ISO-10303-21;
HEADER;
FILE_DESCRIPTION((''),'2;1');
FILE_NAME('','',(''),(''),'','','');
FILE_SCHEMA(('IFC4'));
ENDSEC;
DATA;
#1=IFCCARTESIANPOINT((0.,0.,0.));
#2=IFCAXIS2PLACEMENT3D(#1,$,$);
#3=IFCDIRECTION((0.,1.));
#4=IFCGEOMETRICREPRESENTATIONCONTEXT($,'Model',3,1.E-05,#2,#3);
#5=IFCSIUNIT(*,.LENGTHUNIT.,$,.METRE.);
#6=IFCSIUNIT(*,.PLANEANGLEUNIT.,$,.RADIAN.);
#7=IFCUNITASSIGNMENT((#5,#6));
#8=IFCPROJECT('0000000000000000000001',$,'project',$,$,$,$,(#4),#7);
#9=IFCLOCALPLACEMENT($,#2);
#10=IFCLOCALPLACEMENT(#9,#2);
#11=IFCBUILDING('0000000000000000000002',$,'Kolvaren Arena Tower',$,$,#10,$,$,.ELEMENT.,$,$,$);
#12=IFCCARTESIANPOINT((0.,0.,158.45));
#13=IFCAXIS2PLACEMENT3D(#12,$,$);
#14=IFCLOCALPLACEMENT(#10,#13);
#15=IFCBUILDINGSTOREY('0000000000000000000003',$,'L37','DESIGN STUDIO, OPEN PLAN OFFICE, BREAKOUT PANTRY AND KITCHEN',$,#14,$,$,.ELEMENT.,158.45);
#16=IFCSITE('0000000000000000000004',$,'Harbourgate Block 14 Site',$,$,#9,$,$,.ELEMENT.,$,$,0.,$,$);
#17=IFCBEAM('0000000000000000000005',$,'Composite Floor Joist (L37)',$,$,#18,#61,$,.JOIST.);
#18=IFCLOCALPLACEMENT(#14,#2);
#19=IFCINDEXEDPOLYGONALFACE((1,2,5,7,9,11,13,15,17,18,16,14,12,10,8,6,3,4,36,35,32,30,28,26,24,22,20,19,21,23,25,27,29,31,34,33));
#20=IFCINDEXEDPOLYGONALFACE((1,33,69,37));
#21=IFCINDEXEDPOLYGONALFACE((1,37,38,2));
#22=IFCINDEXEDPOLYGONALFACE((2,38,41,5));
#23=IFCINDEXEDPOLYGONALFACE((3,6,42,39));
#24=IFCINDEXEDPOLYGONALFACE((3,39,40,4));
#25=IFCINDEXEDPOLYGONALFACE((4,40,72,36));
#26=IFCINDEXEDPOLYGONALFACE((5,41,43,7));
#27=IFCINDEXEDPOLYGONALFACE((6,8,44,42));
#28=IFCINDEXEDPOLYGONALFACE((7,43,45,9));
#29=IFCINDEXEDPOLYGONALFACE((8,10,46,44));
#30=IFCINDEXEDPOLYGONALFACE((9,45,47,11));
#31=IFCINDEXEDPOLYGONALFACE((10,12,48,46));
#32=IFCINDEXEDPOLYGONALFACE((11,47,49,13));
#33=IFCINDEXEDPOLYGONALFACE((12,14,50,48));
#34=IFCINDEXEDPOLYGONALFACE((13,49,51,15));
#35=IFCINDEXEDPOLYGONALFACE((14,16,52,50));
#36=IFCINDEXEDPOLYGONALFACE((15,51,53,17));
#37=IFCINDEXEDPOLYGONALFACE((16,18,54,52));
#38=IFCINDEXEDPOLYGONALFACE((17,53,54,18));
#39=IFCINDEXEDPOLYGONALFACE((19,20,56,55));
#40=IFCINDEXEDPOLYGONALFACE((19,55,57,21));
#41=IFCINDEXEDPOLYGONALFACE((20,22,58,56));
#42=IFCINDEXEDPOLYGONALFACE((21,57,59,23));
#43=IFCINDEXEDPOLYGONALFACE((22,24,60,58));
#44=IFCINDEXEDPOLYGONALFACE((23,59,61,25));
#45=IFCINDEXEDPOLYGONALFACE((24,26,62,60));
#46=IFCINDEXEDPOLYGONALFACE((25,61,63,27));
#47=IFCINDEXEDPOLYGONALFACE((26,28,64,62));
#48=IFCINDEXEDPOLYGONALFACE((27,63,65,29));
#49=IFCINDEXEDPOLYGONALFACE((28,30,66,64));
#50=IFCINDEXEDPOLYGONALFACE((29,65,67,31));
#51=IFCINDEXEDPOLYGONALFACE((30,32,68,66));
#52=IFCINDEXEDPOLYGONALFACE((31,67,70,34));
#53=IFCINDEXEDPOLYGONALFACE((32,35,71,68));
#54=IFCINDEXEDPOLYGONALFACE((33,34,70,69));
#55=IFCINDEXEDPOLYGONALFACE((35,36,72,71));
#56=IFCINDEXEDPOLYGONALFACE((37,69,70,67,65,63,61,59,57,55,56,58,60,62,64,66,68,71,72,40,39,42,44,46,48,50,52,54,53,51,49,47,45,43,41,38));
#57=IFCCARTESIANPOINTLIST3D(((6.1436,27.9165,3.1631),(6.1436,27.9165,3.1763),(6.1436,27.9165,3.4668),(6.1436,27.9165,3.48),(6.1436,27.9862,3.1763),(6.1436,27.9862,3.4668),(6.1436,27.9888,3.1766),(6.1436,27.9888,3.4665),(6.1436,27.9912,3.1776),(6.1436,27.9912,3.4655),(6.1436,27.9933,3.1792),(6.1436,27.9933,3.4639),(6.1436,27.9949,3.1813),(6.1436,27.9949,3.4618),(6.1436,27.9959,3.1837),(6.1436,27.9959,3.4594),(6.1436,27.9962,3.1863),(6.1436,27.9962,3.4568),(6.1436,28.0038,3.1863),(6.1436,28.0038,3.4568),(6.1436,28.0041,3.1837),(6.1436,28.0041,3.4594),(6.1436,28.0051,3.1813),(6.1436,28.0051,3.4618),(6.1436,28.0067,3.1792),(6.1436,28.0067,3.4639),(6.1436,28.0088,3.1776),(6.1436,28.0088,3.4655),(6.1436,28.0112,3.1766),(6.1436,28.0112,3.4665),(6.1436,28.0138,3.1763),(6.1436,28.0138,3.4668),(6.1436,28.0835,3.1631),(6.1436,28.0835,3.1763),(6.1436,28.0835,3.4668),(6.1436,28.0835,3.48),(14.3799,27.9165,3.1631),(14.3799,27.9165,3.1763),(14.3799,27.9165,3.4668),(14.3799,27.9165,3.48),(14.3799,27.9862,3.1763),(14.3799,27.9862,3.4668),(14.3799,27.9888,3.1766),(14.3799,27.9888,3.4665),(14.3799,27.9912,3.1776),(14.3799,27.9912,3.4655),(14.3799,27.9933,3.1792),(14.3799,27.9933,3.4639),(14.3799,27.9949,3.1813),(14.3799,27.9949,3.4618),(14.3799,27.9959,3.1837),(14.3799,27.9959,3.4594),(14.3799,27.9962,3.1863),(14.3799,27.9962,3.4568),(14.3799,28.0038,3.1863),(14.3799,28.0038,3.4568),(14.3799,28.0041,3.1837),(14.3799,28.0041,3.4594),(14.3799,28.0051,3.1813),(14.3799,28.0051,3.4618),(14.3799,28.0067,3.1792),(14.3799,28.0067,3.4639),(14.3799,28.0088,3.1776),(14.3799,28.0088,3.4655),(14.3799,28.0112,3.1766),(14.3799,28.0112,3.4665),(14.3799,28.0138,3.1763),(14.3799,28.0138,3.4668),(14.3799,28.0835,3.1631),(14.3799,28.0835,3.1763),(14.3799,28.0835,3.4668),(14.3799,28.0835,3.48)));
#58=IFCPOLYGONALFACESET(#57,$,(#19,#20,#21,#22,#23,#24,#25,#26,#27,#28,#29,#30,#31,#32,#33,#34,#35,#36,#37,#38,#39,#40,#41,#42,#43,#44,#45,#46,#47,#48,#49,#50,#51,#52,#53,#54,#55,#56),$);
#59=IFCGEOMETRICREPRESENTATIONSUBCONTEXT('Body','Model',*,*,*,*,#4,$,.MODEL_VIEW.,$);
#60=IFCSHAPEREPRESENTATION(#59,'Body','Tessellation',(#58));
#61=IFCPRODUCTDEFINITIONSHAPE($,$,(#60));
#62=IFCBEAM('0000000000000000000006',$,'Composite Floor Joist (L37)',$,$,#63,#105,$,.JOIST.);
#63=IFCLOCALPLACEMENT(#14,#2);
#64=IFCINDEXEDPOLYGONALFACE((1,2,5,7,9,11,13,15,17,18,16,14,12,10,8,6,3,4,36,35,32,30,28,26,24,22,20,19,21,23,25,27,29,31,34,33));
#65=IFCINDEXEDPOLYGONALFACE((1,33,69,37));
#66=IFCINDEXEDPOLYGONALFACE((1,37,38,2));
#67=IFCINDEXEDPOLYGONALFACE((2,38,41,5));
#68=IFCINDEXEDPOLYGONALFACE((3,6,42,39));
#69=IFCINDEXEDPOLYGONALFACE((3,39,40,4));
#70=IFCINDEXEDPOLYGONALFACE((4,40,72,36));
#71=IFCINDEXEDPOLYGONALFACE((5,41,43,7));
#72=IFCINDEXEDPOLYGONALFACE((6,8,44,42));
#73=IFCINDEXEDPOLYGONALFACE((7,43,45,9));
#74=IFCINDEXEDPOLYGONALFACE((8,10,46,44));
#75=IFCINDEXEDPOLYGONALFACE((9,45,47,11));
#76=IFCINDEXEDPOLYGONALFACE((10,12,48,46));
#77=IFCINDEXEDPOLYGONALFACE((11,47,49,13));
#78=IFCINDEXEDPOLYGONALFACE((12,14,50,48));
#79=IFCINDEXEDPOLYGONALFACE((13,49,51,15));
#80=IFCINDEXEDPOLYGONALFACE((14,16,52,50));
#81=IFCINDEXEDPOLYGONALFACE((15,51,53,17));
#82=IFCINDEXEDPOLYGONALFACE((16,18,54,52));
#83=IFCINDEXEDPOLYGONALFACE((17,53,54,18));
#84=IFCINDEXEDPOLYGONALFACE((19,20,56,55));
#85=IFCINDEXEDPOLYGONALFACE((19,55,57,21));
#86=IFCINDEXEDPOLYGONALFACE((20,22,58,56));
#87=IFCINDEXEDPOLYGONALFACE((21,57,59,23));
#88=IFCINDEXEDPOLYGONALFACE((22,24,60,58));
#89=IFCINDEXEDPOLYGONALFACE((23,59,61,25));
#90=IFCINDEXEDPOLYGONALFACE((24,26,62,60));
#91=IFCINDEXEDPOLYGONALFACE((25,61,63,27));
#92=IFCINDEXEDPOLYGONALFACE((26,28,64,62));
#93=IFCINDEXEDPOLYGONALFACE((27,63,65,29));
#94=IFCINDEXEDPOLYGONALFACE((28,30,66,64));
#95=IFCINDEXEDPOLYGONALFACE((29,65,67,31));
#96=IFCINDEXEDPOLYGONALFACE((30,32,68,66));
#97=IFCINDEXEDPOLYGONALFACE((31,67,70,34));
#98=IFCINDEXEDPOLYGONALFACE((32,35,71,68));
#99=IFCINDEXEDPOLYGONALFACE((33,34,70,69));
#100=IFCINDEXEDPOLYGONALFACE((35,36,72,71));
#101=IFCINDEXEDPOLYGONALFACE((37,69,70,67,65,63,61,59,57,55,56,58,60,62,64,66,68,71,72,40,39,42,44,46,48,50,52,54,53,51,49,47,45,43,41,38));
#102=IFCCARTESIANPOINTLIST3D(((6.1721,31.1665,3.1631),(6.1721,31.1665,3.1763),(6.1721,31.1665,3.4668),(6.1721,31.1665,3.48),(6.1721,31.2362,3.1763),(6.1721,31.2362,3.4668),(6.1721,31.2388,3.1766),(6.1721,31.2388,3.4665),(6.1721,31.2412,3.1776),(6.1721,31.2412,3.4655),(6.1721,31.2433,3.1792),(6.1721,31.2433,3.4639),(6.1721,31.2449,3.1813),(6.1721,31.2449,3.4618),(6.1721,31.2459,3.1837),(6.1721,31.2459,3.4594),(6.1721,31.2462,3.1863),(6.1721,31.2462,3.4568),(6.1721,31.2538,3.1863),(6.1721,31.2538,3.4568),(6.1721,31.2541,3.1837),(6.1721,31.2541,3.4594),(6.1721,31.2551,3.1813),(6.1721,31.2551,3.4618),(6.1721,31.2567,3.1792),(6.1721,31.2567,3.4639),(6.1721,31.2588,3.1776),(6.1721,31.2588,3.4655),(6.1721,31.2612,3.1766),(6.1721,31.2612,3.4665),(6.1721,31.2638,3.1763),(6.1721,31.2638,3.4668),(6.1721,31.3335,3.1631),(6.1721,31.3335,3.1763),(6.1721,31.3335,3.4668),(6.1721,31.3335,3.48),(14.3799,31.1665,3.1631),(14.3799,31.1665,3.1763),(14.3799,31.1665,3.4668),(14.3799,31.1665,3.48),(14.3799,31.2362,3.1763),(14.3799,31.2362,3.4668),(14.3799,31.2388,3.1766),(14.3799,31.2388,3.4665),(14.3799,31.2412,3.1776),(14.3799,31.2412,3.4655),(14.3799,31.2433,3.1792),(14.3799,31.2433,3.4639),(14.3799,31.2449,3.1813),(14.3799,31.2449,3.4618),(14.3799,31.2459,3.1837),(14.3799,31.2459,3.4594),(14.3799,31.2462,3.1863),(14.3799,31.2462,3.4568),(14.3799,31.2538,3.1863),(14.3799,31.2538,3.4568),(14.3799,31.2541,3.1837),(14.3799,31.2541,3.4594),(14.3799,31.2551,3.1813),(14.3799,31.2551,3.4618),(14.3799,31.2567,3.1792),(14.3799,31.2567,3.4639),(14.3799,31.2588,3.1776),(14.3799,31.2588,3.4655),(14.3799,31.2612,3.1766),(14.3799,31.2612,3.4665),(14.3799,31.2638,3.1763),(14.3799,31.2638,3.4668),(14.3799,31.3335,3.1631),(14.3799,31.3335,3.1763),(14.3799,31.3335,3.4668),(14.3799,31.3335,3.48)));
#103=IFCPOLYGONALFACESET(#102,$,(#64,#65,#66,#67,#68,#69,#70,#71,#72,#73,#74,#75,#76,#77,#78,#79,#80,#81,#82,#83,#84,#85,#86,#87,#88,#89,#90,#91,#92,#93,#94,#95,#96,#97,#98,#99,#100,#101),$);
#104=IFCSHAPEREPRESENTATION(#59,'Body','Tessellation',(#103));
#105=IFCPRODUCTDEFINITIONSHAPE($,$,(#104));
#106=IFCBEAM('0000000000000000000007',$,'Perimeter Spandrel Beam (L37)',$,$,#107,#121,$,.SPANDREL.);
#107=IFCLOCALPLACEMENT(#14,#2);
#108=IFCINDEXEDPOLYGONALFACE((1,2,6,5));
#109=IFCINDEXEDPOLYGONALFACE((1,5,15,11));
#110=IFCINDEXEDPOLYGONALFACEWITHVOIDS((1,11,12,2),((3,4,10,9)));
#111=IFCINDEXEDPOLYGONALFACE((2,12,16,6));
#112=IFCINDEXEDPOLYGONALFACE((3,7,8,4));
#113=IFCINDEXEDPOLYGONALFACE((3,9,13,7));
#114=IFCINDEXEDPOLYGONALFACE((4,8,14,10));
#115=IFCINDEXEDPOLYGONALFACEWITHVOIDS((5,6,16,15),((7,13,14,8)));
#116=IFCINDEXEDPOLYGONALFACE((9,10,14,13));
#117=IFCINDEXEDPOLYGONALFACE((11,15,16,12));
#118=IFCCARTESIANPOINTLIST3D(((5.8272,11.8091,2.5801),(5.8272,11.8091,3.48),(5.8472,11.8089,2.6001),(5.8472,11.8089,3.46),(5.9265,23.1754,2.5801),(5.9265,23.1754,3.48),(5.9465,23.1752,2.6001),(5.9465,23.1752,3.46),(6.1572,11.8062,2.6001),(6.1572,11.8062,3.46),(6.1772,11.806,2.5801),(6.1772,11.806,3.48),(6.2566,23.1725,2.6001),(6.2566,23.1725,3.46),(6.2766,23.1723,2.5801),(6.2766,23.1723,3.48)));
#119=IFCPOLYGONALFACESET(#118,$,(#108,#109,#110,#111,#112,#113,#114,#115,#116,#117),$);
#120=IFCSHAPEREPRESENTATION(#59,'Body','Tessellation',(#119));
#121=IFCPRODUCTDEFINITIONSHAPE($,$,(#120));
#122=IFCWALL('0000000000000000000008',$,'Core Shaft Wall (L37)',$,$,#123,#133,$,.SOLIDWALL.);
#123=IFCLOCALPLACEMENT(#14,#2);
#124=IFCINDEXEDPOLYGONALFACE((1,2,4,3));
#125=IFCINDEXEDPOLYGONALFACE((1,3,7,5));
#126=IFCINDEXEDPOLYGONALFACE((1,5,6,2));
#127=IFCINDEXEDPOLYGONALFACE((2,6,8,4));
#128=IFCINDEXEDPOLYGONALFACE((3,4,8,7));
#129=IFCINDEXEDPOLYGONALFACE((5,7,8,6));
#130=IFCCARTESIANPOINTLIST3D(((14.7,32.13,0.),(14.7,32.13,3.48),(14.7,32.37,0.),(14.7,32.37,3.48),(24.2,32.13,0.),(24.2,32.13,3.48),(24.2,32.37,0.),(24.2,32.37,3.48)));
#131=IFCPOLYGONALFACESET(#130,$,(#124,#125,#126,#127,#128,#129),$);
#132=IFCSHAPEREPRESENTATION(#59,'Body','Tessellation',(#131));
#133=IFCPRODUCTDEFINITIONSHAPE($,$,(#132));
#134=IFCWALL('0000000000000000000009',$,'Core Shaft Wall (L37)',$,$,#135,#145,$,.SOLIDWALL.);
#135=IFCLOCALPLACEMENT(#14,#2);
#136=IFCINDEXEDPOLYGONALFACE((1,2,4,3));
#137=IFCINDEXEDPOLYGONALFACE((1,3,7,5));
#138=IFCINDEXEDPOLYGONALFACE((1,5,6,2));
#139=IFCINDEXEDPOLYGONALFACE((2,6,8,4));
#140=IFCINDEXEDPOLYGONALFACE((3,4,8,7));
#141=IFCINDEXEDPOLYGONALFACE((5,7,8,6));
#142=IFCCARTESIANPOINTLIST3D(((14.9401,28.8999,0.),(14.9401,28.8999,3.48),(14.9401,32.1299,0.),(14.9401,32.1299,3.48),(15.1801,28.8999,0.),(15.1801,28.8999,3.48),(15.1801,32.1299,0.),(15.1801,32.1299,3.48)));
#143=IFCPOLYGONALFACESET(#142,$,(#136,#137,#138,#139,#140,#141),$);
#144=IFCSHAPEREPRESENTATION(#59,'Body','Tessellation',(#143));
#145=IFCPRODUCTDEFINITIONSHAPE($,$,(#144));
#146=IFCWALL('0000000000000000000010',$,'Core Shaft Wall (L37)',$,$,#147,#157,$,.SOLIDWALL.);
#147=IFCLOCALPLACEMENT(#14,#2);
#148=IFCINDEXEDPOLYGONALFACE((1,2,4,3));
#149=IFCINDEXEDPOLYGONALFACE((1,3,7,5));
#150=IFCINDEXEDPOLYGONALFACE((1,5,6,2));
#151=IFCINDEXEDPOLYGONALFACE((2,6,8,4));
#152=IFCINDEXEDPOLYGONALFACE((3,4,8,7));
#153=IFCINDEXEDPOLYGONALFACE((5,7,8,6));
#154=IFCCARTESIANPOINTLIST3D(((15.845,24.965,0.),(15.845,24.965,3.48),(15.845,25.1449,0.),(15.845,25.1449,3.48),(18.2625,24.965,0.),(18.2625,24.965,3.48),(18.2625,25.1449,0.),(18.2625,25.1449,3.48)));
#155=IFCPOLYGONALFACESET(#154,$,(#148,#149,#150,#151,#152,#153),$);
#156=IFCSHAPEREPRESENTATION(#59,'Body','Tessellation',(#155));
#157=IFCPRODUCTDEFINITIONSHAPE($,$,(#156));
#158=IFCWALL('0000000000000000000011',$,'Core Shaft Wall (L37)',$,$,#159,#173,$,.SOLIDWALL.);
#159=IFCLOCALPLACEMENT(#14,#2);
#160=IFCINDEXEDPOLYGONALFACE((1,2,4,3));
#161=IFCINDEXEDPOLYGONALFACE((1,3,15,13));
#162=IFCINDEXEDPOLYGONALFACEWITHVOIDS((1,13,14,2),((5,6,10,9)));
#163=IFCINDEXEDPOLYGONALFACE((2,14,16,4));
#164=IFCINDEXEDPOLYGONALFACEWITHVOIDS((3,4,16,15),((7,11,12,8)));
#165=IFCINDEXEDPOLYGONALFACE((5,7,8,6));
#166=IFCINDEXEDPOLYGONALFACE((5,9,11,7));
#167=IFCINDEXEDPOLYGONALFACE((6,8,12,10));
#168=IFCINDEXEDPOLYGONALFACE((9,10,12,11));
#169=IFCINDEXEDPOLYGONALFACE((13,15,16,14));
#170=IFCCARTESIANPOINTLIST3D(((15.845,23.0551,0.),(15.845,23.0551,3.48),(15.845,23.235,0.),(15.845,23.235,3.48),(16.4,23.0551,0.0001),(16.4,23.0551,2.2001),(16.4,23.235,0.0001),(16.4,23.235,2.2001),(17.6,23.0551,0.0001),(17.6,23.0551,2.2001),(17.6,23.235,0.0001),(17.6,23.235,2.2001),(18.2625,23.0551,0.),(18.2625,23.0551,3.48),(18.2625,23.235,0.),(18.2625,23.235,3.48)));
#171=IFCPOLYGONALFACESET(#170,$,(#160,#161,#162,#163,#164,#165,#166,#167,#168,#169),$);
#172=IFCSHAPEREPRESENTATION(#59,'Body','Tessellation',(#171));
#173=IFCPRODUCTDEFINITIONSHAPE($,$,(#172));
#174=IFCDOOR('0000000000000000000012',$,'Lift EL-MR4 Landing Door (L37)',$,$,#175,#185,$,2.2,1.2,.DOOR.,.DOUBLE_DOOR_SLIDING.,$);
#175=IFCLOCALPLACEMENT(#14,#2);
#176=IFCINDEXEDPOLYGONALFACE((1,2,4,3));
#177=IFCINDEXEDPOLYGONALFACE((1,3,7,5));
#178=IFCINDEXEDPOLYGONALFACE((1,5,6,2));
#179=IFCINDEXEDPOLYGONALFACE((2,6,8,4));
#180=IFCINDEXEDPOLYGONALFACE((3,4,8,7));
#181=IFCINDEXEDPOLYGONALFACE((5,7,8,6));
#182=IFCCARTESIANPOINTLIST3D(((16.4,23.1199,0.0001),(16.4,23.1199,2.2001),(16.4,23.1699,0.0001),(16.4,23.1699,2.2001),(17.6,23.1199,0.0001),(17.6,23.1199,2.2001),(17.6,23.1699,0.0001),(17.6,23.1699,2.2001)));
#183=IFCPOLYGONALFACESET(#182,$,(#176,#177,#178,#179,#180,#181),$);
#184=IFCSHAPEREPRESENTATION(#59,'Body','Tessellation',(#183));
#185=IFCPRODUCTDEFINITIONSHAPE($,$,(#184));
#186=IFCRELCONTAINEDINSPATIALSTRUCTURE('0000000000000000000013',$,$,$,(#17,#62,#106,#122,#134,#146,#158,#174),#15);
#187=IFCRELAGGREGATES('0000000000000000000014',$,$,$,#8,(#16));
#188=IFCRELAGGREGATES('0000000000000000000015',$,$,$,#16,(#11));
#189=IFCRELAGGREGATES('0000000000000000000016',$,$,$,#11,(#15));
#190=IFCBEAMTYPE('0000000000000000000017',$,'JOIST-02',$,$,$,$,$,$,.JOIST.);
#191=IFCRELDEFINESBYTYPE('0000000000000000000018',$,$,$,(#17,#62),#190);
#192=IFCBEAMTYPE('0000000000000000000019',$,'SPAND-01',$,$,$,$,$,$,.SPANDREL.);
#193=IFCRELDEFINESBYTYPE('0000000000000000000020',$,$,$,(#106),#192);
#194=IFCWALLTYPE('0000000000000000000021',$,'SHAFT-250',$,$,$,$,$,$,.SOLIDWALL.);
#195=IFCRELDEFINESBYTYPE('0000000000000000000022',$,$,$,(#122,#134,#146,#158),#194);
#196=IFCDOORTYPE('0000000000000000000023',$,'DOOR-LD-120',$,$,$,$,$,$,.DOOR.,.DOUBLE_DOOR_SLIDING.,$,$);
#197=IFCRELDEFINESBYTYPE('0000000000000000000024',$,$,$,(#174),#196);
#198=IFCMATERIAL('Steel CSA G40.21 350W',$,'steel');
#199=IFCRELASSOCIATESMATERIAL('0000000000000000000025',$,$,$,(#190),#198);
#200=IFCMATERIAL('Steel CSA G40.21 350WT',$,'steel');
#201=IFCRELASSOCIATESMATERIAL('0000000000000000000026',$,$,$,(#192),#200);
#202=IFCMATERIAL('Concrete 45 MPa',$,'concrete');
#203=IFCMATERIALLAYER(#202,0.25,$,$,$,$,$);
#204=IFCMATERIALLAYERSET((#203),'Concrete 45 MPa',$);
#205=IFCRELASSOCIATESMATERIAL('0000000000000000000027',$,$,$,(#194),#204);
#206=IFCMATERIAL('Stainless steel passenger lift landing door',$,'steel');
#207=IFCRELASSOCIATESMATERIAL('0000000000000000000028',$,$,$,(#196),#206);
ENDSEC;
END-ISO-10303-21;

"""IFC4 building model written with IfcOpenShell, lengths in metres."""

from ifc_helpers import new_model, si_unit, direction, frame, frame_2d, origin, origin_2d, place, context, subcontext, project, spatial, rectangle, hollow_rectangle, i_section, extrude, material, layer, layer_set, material_profile, profile_set, type_object, element, fill, save


model = new_model("IFC4")

# Units and contexts
model_context = context("Model", 3, precision=1e-05, world=origin(), true_north=direction((0.0, 1.0)))
body_context = subcontext(model_context, "Body", "Model", "MODEL_VIEW")
ifc_project = project(units=[si_unit("LENGTHUNIT", "METRE"), si_unit("PLANEANGLEUNIT", "RADIAN")], contexts=[model_context])

# Site, building, storey
site_placement = place(None, origin())
site = spatial("IfcSite", under=ifc_project, at=site_placement, Name="Harbourgate Block 14 Site", CompositionType="ELEMENT", RefElevation=0.0)
building_placement = place(site_placement, origin())
building = spatial("IfcBuilding", under=site, at=building_placement, Name="Kolvaren Arena Tower", CompositionType="ELEMENT")
storey_placement = place(building_placement, frame((0.0, 0.0, 158.45)))
storey = spatial("IfcBuildingStorey", under=building, at=storey_placement, Name="L37", Description="DESIGN STUDIO, OPEN PLAN OFFICE, BREAKOUT PANTRY AND KITCHEN", CompositionType="ELEMENT", Elevation=158.45)

# Beams
ifc_material_1 = material(Name="Steel CSA G40.21 350W", Category="steel")
ifc_material_profile_1 = material_profile(ifc_material_1, i_section(OverallWidth=0.167, OverallDepth=0.3169, WebThickness=0.0076, FlangeThickness=0.0132, FilletRadius=0.01, at=origin_2d()), Name="W310x52")
ifc_profile_set_1 = profile_set([ifc_material_profile_1], Name="Steel CSA G40.21 350W")
beam_type_1 = type_object("IfcBeamType", Name="JOIST-02", PredefinedType="JOIST", material=ifc_profile_set_1)
beam_1_placement = place(storey_placement, frame((6.1436, 28.0, 3.3215), z_axis=(1.0, 0.0, 0.0), x_axis=(0.0, 1.0, 0.0)))
element("IfcBeam", 1, at=beam_1_placement, inside=storey, type_object=beam_type_1, Name="Composite Floor Joist (L37)", PredefinedType="JOIST", context=body_context, shape_type="SweptSolid", body=[
    extrude(i_section(OverallWidth=0.167, OverallDepth=0.3169, WebThickness=0.0076, FlangeThickness=0.0132, FilletRadius=0.01, at=origin_2d()), origin(), (0.0, 0.0, 1.0), 8.2363),
])
beam_2_placement = place(storey_placement, frame((6.1721, 31.25, 3.3215), z_axis=(1.0, 0.0, 0.0), x_axis=(0.0, 1.0, 0.0)))
element("IfcBeam", 2, at=beam_2_placement, inside=storey, type_object=beam_type_1, Name="Composite Floor Joist (L37)", PredefinedType="JOIST", context=body_context, shape_type="SweptSolid", body=[
    extrude(i_section(OverallWidth=0.167, OverallDepth=0.3169, WebThickness=0.0076, FlangeThickness=0.0132, FilletRadius=0.01, at=origin_2d()), origin(), (0.0, 0.0, 1.0), 8.2078),
])
ifc_material_2 = material(Name="Steel CSA G40.21 350WT", Category="steel")
ifc_material_profile_2 = material_profile(ifc_material_2, hollow_rectangle(XDim=0.3501, YDim=0.8999, WallThickness=0.02, at=origin_2d()), Name="HSS 900x350x20")
ifc_profile_set_2 = profile_set([ifc_material_profile_2], Name="Steel CSA G40.21 350WT")
beam_type_2 = type_object("IfcBeamType", Name="SPAND-01", PredefinedType="SPANDREL", material=ifc_profile_set_2)
beam_3_placement = place(storey_placement, frame((6.1016, 23.1738, 3.03), z_axis=(-0.008742, -0.999962, 0.0), x_axis=(0.999962, -0.008742, 0.0)))
element("IfcBeam", 3, at=beam_3_placement, inside=storey, type_object=beam_type_2, Name="Perimeter Spandrel Beam (L37)", PredefinedType="SPANDREL", context=body_context, shape_type="SweptSolid", body=[
    extrude(hollow_rectangle(XDim=0.3501, YDim=0.8999, WallThickness=0.02, at=origin_2d()), origin(), (0.0, 0.0, 1.0), 11.3667),
])

# Walls
ifc_material_3 = material(Name="Concrete 45 MPa", Category="concrete")
ifc_layer = layer(ifc_material_3, 0.25)
ifc_layer_set = layer_set([ifc_layer], Name="Concrete 45 MPa")
wall_type = type_object("IfcWallType", Name="SHAFT-250", PredefinedType="SOLIDWALL", material=ifc_layer_set)
wall_1_placement = place(storey_placement, frame((14.7, 32.25, 0.0), z_axis=(0.0, 0.0, 1.0), x_axis=(1.0, 0.0, 0.0)))
element("IfcWall", 4, at=wall_1_placement, inside=storey, type_object=wall_type, Name="Core Shaft Wall (L37)", PredefinedType="SOLIDWALL", context=body_context, shape_type="SweptSolid", body=[
    extrude(rectangle(XDim=9.5, YDim=0.24, at=frame_2d((4.75, 0.0))), origin(), (0.0, 0.0, 1.0), 3.48),
])
wall_2_placement = place(storey_placement, frame((15.0601, 28.8999, 0.0), z_axis=(0.0, 0.0, 1.0), x_axis=(0.0, 1.0, 0.0)))
element("IfcWall", 5, at=wall_2_placement, inside=storey, type_object=wall_type, Name="Core Shaft Wall (L37)", PredefinedType="SOLIDWALL", context=body_context, shape_type="SweptSolid", body=[
    extrude(rectangle(XDim=3.23, YDim=0.24, at=frame_2d((1.615, 0.0))), origin(), (0.0, 0.0, 1.0), 3.48),
])
wall_3_placement = place(storey_placement, frame((15.845, 25.0549, 0.0), z_axis=(0.0, 0.0, 1.0), x_axis=(1.0, 0.0, 0.0)))
element("IfcWall", 6, at=wall_3_placement, inside=storey, type_object=wall_type, Name="Core Shaft Wall (L37)", PredefinedType="SOLIDWALL", context=body_context, shape_type="SweptSolid", body=[
    extrude(rectangle(XDim=2.4175, YDim=0.1799, at=frame_2d((1.2087, 0.0))), origin(), (0.0, 0.0, 1.0), 3.48),
])

# Wall, opening, door
wall_4_placement = place(storey_placement, frame((15.845, 23.145, 0.0), z_axis=(0.0, 0.0, 1.0), x_axis=(1.0, 0.0, 0.0)))
wall_4 = element("IfcWall", 7, at=wall_4_placement, inside=storey, type_object=wall_type, Name="Core Shaft Wall (L37)", PredefinedType="SOLIDWALL", context=body_context, shape_type="SweptSolid", body=[
    extrude(rectangle(XDim=2.4175, YDim=0.1799, at=frame_2d((1.2087, 0.0))), origin(), (0.0, 0.0, 1.0), 3.48),
])
opening_1_placement = place(wall_4_placement, frame((0.5549, 0.0, 0.0)))
opening_1 = element("IfcOpeningElement", 8, at=opening_1_placement, cuts=wall_4, PredefinedType="OPENING", context=body_context, shape_type="SweptSolid", body=[
    extrude(rectangle(XDim=1.2, YDim=2.2, at=frame_2d((0.6001, 1.1001))), frame((0.0, 0.0999, 0.0), z_axis=(0.0, -1.0, 0.0), x_axis=(1.0, 0.0, 0.0)), (0.0, 0.0, 1.0), 0.2),
])
ifc_material_4 = material(Name="Stainless steel passenger lift landing door", Category="steel")
door_type_1 = type_object("IfcDoorType", Name="DOOR-LD-120", OperationType="DOUBLE_DOOR_SLIDING", PredefinedType="DOOR", material=ifc_material_4)
door_1_placement = place(opening_1_placement, origin())
door_1 = element("IfcDoor", 9, at=door_1_placement, inside=storey, type_object=door_type_1, Name="Lift EL-MR4 Landing Door (L37)", OperationType="DOUBLE_DOOR_SLIDING", OverallHeight=2.2, OverallWidth=1.2, PredefinedType="DOOR", context=body_context, shape_type="SweptSolid", body=[
    extrude(rectangle(XDim=1.2, YDim=2.2, at=frame_2d((0.6001, 1.1001))), frame((0.0, 0.0249, 0.0), z_axis=(0.0, -1.0, 0.0), x_axis=(1.0, 0.0, 0.0)), (0.0, 0.0, 1.0), 0.05),
])
fill(opening_1, door_1)

save(model, "model.ifc")
